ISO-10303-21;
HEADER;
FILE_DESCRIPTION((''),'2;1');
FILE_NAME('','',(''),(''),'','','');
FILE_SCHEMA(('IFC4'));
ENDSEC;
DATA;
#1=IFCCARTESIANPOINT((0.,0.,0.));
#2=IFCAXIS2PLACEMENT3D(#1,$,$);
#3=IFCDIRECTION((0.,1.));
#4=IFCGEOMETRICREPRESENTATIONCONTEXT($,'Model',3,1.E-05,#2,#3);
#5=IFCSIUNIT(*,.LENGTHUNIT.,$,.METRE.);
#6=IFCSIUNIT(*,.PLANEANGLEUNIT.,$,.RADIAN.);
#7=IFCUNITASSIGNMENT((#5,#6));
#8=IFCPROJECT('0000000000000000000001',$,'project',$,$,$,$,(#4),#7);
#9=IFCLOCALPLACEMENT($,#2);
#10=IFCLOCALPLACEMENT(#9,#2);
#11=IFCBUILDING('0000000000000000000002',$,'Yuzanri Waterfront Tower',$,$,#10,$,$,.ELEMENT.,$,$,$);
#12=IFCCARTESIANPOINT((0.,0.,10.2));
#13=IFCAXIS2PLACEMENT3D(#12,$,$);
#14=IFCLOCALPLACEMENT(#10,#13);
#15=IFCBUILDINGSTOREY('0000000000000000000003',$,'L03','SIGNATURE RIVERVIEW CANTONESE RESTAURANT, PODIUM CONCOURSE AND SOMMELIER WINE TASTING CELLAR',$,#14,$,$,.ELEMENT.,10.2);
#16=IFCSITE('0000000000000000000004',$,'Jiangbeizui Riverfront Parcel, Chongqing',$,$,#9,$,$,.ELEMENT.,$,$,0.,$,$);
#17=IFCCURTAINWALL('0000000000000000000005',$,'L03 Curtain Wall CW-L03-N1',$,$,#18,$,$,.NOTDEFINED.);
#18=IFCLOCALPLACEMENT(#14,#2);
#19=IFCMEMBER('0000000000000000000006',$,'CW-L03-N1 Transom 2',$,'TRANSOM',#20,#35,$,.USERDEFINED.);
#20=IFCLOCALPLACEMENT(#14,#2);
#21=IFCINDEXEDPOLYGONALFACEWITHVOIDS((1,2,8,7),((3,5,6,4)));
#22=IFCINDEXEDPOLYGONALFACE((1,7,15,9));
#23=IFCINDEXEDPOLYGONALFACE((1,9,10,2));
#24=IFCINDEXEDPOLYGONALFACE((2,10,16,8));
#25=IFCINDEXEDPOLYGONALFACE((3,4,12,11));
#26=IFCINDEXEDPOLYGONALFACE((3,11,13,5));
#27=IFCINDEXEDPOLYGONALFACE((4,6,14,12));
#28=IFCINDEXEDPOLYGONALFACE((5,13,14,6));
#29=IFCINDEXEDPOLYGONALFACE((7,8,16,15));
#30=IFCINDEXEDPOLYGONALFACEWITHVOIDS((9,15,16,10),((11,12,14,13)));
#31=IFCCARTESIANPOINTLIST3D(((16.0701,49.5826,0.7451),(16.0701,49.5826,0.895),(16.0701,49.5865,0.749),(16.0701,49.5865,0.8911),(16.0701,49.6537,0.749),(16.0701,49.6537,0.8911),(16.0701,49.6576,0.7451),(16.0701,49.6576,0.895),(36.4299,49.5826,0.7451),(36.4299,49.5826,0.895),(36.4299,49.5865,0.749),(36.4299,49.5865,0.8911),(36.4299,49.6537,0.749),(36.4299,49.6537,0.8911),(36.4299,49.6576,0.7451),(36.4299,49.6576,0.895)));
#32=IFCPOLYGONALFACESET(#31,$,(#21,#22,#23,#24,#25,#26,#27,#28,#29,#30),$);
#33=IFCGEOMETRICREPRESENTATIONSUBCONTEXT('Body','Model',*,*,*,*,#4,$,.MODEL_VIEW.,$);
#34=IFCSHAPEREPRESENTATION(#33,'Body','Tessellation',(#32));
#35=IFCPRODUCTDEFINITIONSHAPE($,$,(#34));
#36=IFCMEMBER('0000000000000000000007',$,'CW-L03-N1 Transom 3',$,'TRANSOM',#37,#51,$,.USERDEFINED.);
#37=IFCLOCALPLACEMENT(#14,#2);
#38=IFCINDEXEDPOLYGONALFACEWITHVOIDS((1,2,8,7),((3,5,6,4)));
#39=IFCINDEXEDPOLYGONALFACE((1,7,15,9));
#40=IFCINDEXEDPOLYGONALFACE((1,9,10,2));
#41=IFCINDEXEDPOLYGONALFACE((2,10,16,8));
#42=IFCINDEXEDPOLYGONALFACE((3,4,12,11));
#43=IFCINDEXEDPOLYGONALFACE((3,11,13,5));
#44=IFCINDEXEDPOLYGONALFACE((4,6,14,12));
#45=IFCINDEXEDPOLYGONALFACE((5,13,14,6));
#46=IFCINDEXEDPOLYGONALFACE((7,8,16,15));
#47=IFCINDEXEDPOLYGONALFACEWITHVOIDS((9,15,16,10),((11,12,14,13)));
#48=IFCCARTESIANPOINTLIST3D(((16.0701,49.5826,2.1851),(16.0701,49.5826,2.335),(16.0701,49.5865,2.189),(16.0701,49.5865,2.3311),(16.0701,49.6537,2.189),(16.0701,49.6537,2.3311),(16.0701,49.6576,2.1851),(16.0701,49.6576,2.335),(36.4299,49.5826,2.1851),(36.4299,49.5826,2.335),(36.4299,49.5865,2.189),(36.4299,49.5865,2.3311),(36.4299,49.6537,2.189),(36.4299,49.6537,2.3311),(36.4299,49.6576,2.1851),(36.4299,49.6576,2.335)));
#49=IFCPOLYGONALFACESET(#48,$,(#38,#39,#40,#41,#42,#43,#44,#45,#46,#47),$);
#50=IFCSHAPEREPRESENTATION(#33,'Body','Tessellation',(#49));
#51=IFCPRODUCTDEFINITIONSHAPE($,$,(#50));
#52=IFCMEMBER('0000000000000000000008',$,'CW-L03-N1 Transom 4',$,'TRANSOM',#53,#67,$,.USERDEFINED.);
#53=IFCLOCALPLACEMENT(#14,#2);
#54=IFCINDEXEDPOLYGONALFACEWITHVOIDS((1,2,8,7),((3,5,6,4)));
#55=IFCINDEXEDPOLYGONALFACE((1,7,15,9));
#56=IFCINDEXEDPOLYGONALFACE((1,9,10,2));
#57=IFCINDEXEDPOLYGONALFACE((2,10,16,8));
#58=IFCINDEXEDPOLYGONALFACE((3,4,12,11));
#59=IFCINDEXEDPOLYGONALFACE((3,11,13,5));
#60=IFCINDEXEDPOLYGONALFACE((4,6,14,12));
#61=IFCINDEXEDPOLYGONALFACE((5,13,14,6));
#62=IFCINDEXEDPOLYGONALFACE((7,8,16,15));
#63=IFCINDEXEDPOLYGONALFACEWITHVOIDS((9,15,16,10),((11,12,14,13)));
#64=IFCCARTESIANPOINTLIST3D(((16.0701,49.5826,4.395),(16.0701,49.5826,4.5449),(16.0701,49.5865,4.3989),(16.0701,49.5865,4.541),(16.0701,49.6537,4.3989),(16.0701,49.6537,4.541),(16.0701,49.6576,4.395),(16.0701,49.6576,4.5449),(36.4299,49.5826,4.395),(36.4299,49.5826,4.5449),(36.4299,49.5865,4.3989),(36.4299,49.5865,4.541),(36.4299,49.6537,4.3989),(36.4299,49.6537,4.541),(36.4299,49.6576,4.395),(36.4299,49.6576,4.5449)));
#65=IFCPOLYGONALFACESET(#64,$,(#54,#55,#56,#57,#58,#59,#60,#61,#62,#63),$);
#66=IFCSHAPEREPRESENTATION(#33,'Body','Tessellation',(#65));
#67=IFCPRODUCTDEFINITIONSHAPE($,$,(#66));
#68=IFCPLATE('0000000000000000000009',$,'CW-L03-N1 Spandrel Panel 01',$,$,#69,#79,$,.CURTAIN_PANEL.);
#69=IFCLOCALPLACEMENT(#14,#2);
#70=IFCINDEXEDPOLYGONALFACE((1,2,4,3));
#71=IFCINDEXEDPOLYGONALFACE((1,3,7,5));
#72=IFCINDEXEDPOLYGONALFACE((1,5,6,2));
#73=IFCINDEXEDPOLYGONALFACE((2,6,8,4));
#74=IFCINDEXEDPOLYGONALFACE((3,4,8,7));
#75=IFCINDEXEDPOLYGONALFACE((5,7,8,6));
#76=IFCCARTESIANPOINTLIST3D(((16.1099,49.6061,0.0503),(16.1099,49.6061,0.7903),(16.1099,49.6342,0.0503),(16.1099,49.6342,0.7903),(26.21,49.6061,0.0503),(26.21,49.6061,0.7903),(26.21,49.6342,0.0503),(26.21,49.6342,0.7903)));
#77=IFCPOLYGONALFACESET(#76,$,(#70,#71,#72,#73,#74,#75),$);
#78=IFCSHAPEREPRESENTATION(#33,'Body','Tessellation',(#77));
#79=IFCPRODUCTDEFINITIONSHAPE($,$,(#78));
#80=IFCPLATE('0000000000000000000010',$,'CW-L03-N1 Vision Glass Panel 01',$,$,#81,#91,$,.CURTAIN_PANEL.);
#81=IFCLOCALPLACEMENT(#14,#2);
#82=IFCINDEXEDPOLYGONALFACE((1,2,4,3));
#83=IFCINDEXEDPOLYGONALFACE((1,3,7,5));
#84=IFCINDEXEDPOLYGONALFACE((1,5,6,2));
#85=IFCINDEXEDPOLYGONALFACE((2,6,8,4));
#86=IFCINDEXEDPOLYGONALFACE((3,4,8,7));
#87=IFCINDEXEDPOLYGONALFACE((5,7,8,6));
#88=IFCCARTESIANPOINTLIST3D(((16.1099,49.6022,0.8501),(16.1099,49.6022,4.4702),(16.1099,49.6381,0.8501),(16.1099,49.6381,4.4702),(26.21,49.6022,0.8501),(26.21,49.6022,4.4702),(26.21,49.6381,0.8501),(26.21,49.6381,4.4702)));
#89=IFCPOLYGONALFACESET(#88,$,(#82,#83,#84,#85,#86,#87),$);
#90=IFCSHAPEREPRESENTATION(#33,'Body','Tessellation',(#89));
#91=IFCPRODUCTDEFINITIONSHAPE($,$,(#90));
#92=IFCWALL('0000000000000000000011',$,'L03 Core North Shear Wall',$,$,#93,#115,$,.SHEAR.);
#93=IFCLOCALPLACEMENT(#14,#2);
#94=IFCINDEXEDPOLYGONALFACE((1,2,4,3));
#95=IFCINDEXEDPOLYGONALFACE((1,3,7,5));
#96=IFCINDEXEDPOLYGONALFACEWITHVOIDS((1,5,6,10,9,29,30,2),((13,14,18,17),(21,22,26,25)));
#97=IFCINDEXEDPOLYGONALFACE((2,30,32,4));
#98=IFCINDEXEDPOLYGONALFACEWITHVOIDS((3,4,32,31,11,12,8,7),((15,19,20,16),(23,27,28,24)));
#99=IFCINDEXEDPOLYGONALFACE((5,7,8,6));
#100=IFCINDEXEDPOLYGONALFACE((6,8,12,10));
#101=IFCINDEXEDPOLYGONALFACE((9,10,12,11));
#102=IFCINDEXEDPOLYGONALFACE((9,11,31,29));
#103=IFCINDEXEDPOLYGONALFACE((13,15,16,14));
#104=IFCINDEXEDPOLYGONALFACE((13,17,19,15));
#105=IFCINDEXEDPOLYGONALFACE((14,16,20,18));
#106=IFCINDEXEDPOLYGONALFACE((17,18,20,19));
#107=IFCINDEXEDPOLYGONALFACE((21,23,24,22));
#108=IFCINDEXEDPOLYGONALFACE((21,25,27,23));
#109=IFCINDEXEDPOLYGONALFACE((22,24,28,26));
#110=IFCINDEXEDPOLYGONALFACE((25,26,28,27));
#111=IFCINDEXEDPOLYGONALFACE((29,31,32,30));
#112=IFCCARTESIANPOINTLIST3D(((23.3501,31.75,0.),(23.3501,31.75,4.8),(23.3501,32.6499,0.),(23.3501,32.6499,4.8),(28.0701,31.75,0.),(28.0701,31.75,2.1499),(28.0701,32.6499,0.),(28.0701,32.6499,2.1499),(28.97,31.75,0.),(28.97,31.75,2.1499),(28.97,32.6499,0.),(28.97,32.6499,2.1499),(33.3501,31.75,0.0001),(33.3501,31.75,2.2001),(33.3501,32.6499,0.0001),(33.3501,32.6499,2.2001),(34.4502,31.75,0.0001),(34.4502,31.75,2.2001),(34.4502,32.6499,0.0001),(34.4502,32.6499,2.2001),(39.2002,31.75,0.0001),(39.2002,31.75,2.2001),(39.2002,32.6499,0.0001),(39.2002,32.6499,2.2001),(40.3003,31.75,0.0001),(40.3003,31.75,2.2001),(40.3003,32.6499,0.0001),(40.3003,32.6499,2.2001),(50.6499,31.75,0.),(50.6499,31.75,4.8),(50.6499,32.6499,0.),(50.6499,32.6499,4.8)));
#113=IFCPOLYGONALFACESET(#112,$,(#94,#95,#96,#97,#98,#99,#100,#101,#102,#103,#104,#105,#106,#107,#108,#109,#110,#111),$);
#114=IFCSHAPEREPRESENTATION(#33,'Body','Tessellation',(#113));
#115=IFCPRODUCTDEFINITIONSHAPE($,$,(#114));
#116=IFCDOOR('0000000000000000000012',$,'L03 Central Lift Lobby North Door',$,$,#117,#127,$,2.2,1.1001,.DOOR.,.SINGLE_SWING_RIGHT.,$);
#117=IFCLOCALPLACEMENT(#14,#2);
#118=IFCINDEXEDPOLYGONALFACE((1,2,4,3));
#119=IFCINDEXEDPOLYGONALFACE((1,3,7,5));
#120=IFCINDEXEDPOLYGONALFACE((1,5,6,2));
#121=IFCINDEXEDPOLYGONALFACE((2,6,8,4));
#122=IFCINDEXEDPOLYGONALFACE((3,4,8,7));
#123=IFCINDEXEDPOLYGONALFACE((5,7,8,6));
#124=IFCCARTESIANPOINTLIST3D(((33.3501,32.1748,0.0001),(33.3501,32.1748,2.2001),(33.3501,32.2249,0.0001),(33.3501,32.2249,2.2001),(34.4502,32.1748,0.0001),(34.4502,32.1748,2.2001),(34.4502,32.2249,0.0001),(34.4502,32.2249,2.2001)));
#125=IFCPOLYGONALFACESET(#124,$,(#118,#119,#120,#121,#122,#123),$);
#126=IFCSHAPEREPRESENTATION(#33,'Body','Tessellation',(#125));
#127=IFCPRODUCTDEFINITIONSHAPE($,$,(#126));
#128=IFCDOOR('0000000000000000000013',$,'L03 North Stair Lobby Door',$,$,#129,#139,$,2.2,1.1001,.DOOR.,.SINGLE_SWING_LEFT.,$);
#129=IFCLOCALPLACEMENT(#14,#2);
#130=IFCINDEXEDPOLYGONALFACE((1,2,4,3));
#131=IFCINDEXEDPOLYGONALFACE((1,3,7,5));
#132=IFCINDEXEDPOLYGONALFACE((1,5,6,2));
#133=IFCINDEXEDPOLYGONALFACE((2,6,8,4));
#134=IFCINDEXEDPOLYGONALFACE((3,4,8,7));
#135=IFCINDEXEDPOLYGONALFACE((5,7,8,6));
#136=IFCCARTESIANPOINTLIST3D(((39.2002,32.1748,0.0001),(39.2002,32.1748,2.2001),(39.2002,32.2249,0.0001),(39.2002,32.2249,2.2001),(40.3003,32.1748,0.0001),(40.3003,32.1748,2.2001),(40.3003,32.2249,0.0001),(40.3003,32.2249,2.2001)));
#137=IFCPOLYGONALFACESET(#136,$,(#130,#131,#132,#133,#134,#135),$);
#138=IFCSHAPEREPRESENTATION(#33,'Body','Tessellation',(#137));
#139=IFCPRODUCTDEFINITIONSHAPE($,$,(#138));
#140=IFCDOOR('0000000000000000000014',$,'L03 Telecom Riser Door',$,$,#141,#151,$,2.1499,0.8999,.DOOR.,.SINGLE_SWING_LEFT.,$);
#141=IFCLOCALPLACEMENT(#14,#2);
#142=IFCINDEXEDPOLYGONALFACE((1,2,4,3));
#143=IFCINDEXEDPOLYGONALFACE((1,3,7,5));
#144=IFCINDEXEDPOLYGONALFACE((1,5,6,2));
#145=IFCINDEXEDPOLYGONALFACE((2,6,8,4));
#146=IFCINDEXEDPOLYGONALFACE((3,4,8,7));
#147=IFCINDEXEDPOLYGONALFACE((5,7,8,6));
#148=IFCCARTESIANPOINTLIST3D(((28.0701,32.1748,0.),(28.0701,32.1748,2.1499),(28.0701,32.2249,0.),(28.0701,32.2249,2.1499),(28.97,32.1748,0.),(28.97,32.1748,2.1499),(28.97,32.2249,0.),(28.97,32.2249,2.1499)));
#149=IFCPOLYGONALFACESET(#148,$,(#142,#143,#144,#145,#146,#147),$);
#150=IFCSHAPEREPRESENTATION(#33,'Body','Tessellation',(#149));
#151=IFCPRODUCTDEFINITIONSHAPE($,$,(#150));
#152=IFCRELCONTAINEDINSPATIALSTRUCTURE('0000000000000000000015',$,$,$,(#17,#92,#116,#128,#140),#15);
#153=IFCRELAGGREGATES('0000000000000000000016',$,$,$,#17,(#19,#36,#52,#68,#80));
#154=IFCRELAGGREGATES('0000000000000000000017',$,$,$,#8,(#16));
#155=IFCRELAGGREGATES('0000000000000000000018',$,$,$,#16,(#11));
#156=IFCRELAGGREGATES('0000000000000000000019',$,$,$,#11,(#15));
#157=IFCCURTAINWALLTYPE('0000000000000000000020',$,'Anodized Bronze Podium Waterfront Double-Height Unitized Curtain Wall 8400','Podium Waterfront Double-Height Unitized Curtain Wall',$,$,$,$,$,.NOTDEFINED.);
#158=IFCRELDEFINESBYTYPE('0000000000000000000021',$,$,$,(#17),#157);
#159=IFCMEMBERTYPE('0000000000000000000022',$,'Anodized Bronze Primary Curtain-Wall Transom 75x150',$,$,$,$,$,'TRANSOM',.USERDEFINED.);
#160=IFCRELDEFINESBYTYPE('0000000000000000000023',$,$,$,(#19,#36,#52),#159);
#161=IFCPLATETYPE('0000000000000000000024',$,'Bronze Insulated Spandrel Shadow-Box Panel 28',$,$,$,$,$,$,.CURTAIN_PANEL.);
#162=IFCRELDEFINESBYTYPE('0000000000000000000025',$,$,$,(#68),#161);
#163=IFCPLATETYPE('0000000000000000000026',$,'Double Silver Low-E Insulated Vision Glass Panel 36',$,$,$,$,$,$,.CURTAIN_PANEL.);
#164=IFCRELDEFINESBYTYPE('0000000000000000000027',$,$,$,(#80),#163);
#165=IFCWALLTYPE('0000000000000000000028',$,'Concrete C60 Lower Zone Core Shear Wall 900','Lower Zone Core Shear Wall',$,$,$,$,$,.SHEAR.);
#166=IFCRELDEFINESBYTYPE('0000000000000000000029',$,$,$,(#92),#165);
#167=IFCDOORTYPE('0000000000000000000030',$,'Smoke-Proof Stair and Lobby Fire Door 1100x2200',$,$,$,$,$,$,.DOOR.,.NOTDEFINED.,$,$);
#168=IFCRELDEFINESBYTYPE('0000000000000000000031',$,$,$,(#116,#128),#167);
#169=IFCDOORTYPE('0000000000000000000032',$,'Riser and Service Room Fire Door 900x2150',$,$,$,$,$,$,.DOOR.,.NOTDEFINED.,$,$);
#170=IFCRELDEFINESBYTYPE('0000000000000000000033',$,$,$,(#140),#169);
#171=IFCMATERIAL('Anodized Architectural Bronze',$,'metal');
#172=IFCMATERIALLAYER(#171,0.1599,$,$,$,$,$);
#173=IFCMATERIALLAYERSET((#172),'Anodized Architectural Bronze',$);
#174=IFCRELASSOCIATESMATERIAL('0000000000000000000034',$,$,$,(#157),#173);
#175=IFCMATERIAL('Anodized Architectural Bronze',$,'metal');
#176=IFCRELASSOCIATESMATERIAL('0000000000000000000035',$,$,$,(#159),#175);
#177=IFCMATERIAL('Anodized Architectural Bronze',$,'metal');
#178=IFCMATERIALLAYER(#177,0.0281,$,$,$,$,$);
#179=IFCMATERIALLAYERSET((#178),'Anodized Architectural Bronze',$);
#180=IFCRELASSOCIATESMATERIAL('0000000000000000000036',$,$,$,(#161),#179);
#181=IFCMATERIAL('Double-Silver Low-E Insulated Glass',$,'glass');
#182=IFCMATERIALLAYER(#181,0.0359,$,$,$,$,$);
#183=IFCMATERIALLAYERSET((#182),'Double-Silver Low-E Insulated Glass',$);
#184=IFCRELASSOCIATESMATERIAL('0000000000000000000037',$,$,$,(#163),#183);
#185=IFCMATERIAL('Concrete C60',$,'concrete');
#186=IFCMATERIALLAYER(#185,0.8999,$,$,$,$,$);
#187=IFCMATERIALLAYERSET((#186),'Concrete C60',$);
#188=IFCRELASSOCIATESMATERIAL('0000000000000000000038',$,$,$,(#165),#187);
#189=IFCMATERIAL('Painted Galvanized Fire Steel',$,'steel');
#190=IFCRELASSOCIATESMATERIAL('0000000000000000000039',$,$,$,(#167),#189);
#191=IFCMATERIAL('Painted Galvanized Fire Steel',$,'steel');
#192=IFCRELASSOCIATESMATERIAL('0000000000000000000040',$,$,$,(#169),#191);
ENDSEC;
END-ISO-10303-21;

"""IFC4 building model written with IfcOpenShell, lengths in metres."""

from ifc_helpers import new_model, si_unit, direction, frame, frame_2d, origin, origin_2d, place, context, subcontext, project, spatial, rectangle, hollow_rectangle, extrude, source, transform, mapped, material, layer, layer_set, material_profile, profile_set, type_object, element, fill, aggregate, save


model = new_model("IFC4")

# Units and contexts
model_context = context("Model", 3, precision=1e-05, world=origin(), true_north=direction((0.0, 1.0)))
body_context = subcontext(model_context, "Body", "Model", "MODEL_VIEW")
ifc_project = project(units=[si_unit("LENGTHUNIT", "METRE"), si_unit("PLANEANGLEUNIT", "RADIAN")], contexts=[model_context])

# Site, building, storey
site_placement = place(None, origin())
site = spatial("IfcSite", under=ifc_project, at=site_placement, Name="Jiangbeizui Riverfront Parcel, Chongqing", CompositionType="ELEMENT", RefElevation=0.0)
building_placement = place(site_placement, origin())
building = spatial("IfcBuilding", under=site, at=building_placement, Name="Yuzanri Waterfront Tower", CompositionType="ELEMENT")
storey_placement = place(building_placement, frame((0.0, 0.0, 10.2)))
storey = spatial("IfcBuildingStorey", under=building, at=storey_placement, Name="L03", Description="SIGNATURE RIVERVIEW CANTONESE RESTAURANT, PODIUM CONCOURSE AND SOMMELIER WINE TASTING CELLAR", CompositionType="ELEMENT", Elevation=10.2)

# Curtain wall
ifc_material_1 = material(Name="Anodized Architectural Bronze", Category="metal")
ifc_layer_1 = layer(ifc_material_1, 0.1599)
ifc_layer_set_1 = layer_set([ifc_layer_1], Name="Anodized Architectural Bronze")
curtain_wall_type = type_object("IfcCurtainWallType", Name="Anodized Bronze Podium Waterfront Double-Height Unitized Curtain Wall 8400", Description="Podium Waterfront Double-Height Unitized Curtain Wall", PredefinedType="NOTDEFINED", material=ifc_layer_set_1)
curtain_wall_1_placement = place(storey_placement, origin())
curtain_wall_1 = element("IfcCurtainWall", 1, at=curtain_wall_1_placement, inside=storey, type_object=curtain_wall_type, Name="L03 Curtain Wall CW-L03-N1", PredefinedType="NOTDEFINED")

# Members
ifc_material_2 = material(Name="Anodized Architectural Bronze", Category="metal")
ifc_material_profile_1 = material_profile(ifc_material_2, hollow_rectangle(XDim=0.075, YDim=0.1499, WallThickness=0.0039, at=origin_2d()), Name="CWT 75x150")
ifc_profile_set_1 = profile_set([ifc_material_profile_1], Name="Anodized Architectural Bronze")
member_type_1 = type_object("IfcMemberType", Name="Anodized Bronze Primary Curtain-Wall Transom 75x150", ElementType="TRANSOM", PredefinedType="USERDEFINED", material=ifc_profile_set_1)
shared_shape_1 = source(origin(), body_context, "Body", "SweptSolid", [
    extrude(hollow_rectangle(XDim=0.075, YDim=0.1499, WallThickness=0.0039, at=origin_2d()), origin(), (0.0, 0.0, 1.0), 20.3599),
])
member_1_placement = place(storey_placement, frame((16.0701, 49.6201, 0.8201), z_axis=(1.0, 0.0, 0.0), x_axis=(0.0, 1.0, 0.0)))
member_1 = element("IfcMember", 2, at=member_1_placement, type_object=member_type_1, Name="CW-L03-N1 Transom 2", ObjectType="TRANSOM", PredefinedType="USERDEFINED", context=body_context, shape_type="MappedRepresentation", body=[
    mapped(shared_shape_1, transform((0.0, 0.0, 0.0), scale=1.0)),
])
member_2_placement = place(storey_placement, frame((16.0701, 49.6201, 2.26), z_axis=(1.0, 0.0, 0.0), x_axis=(0.0, 1.0, 0.0)))
member_2 = element("IfcMember", 3, at=member_2_placement, type_object=member_type_1, Name="CW-L03-N1 Transom 3", ObjectType="TRANSOM", PredefinedType="USERDEFINED", context=body_context, shape_type="MappedRepresentation", body=[
    mapped(shared_shape_1, transform((0.0, 0.0, 0.0), scale=1.0)),
])
member_3_placement = place(storey_placement, frame((16.0701, 49.6201, 4.47), z_axis=(1.0, 0.0, 0.0), x_axis=(0.0, 1.0, 0.0)))
member_3 = element("IfcMember", 4, at=member_3_placement, type_object=member_type_1, Name="CW-L03-N1 Transom 4", ObjectType="TRANSOM", PredefinedType="USERDEFINED", context=body_context, shape_type="MappedRepresentation", body=[
    mapped(shared_shape_1, transform((0.0, 0.0, 0.0), scale=1.0)),
])

# Plates
ifc_material_3 = material(Name="Anodized Architectural Bronze", Category="metal")
ifc_layer_2 = layer(ifc_material_3, 0.0281)
ifc_layer_set_2 = layer_set([ifc_layer_2], Name="Anodized Architectural Bronze")
plate_type_1 = type_object("IfcPlateType", Name="Bronze Insulated Spandrel Shadow-Box Panel 28", PredefinedType="CURTAIN_PANEL", material=ifc_layer_set_2)
shared_shape_2 = source(origin(), body_context, "Body", "SweptSolid", [
    extrude(rectangle(XDim=10.1001, YDim=0.0281, at=origin_2d()), origin(), (0.0, 0.0, 1.0), 0.74),
])
plate_1_placement = place(storey_placement, frame((21.1599, 49.6201, 0.0503), z_axis=(0.0, 0.0, 1.0), x_axis=(1.0, 0.0, 0.0)))
plate_1 = element("IfcPlate", 5, at=plate_1_placement, type_object=plate_type_1, Name="CW-L03-N1 Spandrel Panel 01", PredefinedType="CURTAIN_PANEL", context=body_context, shape_type="MappedRepresentation", body=[
    mapped(shared_shape_2, transform((0.0, 0.0, 0.0), scale=1.0)),
])
ifc_material_4 = material(Name="Double-Silver Low-E Insulated Glass", Category="glass")
ifc_layer_3 = layer(ifc_material_4, 0.0359)
ifc_layer_set_3 = layer_set([ifc_layer_3], Name="Double-Silver Low-E Insulated Glass")
plate_type_2 = type_object("IfcPlateType", Name="Double Silver Low-E Insulated Vision Glass Panel 36", PredefinedType="CURTAIN_PANEL", material=ifc_layer_set_3)
shared_shape_3 = source(origin(), body_context, "Body", "SweptSolid", [
    extrude(rectangle(XDim=10.1001, YDim=0.0359, at=origin_2d()), origin(), (0.0, 0.0, 1.0), 3.6201),
])
plate_2_placement = place(storey_placement, frame((21.1599, 49.6201, 0.8501), z_axis=(0.0, 0.0, 1.0), x_axis=(1.0, 0.0, 0.0)))
plate_2 = element("IfcPlate", 6, at=plate_2_placement, type_object=plate_type_2, Name="CW-L03-N1 Vision Glass Panel 01", PredefinedType="CURTAIN_PANEL", context=body_context, shape_type="MappedRepresentation", body=[
    mapped(shared_shape_3, transform((0.0, 0.0, 0.0), scale=1.0)),
])
aggregate(curtain_wall_1, [member_1, member_2, member_3, plate_1, plate_2])

# Wall, openings, doors
ifc_material_5 = material(Name="Concrete C60", Category="concrete")
ifc_layer_4 = layer(ifc_material_5, 0.8999)
ifc_layer_set_4 = layer_set([ifc_layer_4], Name="Concrete C60")
wall_type_1 = type_object("IfcWallType", Name="Concrete C60 Lower Zone Core Shear Wall 900", Description="Lower Zone Core Shear Wall", PredefinedType="SHEAR", material=ifc_layer_set_4)
wall_1_placement = place(storey_placement, frame((23.3501, 32.2, 0.0), z_axis=(0.0, 0.0, 1.0), x_axis=(1.0, 0.0, 0.0)))
wall_1 = element("IfcWall", 7, at=wall_1_placement, inside=storey, type_object=wall_type_1, Name="L03 Core North Shear Wall", PredefinedType="SHEAR", context=body_context, shape_type="SweptSolid", body=[
    extrude(rectangle(XDim=27.2998, YDim=0.8999, at=frame_2d((13.6499, 0.0))), origin(), (0.0, 0.0, 1.0), 4.8),
])
opening_1_placement = place(wall_1_placement, frame((4.72, 0.0, 0.0)))
opening_1 = element("IfcOpeningElement", 8, at=opening_1_placement, cuts=wall_1, PredefinedType="OPENING", context=body_context, shape_type="SweptSolid", body=[
    extrude(rectangle(XDim=0.8999, YDim=2.1499, at=frame_2d((0.45, 1.075))), frame((0.0, 0.4648, 0.0), z_axis=(0.0, -1.0, 0.0), x_axis=(1.0, 0.0, 0.0)), (0.0, 0.0, 1.0), 0.9297),
])
opening_2_placement = place(wall_1_placement, frame((10.0, 0.0, 0.0)))
opening_2 = element("IfcOpeningElement", 9, at=opening_2_placement, cuts=wall_1, PredefinedType="OPENING", context=body_context, shape_type="SweptSolid", body=[
    extrude(rectangle(XDim=1.1001, YDim=2.2, at=frame_2d((0.55, 1.1001))), frame((0.0, 0.4648, 0.0), z_axis=(0.0, -1.0, 0.0), x_axis=(1.0, 0.0, 0.0)), (0.0, 0.0, 1.0), 0.9297),
])
opening_3_placement = place(wall_1_placement, frame((15.8501, 0.0, 0.0)))
opening_3 = element("IfcOpeningElement", 10, at=opening_3_placement, cuts=wall_1, PredefinedType="OPENING", context=body_context, shape_type="SweptSolid", body=[
    extrude(rectangle(XDim=1.1001, YDim=2.2, at=frame_2d((0.55, 1.1001))), frame((0.0, 0.4648, 0.0), z_axis=(0.0, -1.0, 0.0), x_axis=(1.0, 0.0, 0.0)), (0.0, 0.0, 1.0), 0.9297),
])
ifc_material_6 = material(Name="Painted Galvanized Fire Steel", Category="steel")
door_type_1 = type_object("IfcDoorType", Name="Smoke-Proof Stair and Lobby Fire Door 1100x2200", OperationType="NOTDEFINED", PredefinedType="DOOR", material=ifc_material_6)
shared_shape_4 = source(origin(), body_context, "Body", "SweptSolid", [
    extrude(rectangle(XDim=1.1001, YDim=2.2, at=frame_2d((0.55, 1.1001))), frame((0.0, 0.0249, 0.0), z_axis=(0.0, -1.0, 0.0), x_axis=(1.0, 0.0, 0.0)), (0.0, 0.0, 1.0), 0.05),
])
door_1_placement = place(opening_2_placement, origin())
door_1 = element("IfcDoor", 11, at=door_1_placement, inside=storey, type_object=door_type_1, Name="L03 Central Lift Lobby North Door", OperationType="SINGLE_SWING_RIGHT", OverallHeight=2.2, OverallWidth=1.1001, PredefinedType="DOOR", context=body_context, shape_type="MappedRepresentation", body=[
    mapped(shared_shape_4, transform((0.0, 0.0, 0.0), scale=1.0)),
])
fill(opening_2, door_1)
door_2_placement = place(opening_3_placement, origin())
door_2 = element("IfcDoor", 12, at=door_2_placement, inside=storey, type_object=door_type_1, Name="L03 North Stair Lobby Door", OperationType="SINGLE_SWING_LEFT", OverallHeight=2.2, OverallWidth=1.1001, PredefinedType="DOOR", context=body_context, shape_type="MappedRepresentation", body=[
    mapped(shared_shape_4, transform((0.0, 0.0, 0.0), scale=1.0)),
])
fill(opening_3, door_2)
ifc_material_7 = material(Name="Painted Galvanized Fire Steel", Category="steel")
door_type_2 = type_object("IfcDoorType", Name="Riser and Service Room Fire Door 900x2150", OperationType="NOTDEFINED", PredefinedType="DOOR", material=ifc_material_7)
shared_shape_5 = source(origin(), body_context, "Body", "SweptSolid", [
    extrude(rectangle(XDim=0.8999, YDim=2.1499, at=frame_2d((0.45, 1.075))), frame((0.0, 0.0249, 0.0), z_axis=(0.0, -1.0, 0.0), x_axis=(1.0, 0.0, 0.0)), (0.0, 0.0, 1.0), 0.05),
])
door_3_placement = place(opening_1_placement, origin())
door_3 = element("IfcDoor", 13, at=door_3_placement, inside=storey, type_object=door_type_2, Name="L03 Telecom Riser Door", OperationType="SINGLE_SWING_LEFT", OverallHeight=2.1499, OverallWidth=0.8999, PredefinedType="DOOR", context=body_context, shape_type="MappedRepresentation", body=[
    mapped(shared_shape_5, transform((0.0, 0.0, 0.0), scale=1.0)),
])
fill(opening_1, door_3)

save(model, "model.ifc")
